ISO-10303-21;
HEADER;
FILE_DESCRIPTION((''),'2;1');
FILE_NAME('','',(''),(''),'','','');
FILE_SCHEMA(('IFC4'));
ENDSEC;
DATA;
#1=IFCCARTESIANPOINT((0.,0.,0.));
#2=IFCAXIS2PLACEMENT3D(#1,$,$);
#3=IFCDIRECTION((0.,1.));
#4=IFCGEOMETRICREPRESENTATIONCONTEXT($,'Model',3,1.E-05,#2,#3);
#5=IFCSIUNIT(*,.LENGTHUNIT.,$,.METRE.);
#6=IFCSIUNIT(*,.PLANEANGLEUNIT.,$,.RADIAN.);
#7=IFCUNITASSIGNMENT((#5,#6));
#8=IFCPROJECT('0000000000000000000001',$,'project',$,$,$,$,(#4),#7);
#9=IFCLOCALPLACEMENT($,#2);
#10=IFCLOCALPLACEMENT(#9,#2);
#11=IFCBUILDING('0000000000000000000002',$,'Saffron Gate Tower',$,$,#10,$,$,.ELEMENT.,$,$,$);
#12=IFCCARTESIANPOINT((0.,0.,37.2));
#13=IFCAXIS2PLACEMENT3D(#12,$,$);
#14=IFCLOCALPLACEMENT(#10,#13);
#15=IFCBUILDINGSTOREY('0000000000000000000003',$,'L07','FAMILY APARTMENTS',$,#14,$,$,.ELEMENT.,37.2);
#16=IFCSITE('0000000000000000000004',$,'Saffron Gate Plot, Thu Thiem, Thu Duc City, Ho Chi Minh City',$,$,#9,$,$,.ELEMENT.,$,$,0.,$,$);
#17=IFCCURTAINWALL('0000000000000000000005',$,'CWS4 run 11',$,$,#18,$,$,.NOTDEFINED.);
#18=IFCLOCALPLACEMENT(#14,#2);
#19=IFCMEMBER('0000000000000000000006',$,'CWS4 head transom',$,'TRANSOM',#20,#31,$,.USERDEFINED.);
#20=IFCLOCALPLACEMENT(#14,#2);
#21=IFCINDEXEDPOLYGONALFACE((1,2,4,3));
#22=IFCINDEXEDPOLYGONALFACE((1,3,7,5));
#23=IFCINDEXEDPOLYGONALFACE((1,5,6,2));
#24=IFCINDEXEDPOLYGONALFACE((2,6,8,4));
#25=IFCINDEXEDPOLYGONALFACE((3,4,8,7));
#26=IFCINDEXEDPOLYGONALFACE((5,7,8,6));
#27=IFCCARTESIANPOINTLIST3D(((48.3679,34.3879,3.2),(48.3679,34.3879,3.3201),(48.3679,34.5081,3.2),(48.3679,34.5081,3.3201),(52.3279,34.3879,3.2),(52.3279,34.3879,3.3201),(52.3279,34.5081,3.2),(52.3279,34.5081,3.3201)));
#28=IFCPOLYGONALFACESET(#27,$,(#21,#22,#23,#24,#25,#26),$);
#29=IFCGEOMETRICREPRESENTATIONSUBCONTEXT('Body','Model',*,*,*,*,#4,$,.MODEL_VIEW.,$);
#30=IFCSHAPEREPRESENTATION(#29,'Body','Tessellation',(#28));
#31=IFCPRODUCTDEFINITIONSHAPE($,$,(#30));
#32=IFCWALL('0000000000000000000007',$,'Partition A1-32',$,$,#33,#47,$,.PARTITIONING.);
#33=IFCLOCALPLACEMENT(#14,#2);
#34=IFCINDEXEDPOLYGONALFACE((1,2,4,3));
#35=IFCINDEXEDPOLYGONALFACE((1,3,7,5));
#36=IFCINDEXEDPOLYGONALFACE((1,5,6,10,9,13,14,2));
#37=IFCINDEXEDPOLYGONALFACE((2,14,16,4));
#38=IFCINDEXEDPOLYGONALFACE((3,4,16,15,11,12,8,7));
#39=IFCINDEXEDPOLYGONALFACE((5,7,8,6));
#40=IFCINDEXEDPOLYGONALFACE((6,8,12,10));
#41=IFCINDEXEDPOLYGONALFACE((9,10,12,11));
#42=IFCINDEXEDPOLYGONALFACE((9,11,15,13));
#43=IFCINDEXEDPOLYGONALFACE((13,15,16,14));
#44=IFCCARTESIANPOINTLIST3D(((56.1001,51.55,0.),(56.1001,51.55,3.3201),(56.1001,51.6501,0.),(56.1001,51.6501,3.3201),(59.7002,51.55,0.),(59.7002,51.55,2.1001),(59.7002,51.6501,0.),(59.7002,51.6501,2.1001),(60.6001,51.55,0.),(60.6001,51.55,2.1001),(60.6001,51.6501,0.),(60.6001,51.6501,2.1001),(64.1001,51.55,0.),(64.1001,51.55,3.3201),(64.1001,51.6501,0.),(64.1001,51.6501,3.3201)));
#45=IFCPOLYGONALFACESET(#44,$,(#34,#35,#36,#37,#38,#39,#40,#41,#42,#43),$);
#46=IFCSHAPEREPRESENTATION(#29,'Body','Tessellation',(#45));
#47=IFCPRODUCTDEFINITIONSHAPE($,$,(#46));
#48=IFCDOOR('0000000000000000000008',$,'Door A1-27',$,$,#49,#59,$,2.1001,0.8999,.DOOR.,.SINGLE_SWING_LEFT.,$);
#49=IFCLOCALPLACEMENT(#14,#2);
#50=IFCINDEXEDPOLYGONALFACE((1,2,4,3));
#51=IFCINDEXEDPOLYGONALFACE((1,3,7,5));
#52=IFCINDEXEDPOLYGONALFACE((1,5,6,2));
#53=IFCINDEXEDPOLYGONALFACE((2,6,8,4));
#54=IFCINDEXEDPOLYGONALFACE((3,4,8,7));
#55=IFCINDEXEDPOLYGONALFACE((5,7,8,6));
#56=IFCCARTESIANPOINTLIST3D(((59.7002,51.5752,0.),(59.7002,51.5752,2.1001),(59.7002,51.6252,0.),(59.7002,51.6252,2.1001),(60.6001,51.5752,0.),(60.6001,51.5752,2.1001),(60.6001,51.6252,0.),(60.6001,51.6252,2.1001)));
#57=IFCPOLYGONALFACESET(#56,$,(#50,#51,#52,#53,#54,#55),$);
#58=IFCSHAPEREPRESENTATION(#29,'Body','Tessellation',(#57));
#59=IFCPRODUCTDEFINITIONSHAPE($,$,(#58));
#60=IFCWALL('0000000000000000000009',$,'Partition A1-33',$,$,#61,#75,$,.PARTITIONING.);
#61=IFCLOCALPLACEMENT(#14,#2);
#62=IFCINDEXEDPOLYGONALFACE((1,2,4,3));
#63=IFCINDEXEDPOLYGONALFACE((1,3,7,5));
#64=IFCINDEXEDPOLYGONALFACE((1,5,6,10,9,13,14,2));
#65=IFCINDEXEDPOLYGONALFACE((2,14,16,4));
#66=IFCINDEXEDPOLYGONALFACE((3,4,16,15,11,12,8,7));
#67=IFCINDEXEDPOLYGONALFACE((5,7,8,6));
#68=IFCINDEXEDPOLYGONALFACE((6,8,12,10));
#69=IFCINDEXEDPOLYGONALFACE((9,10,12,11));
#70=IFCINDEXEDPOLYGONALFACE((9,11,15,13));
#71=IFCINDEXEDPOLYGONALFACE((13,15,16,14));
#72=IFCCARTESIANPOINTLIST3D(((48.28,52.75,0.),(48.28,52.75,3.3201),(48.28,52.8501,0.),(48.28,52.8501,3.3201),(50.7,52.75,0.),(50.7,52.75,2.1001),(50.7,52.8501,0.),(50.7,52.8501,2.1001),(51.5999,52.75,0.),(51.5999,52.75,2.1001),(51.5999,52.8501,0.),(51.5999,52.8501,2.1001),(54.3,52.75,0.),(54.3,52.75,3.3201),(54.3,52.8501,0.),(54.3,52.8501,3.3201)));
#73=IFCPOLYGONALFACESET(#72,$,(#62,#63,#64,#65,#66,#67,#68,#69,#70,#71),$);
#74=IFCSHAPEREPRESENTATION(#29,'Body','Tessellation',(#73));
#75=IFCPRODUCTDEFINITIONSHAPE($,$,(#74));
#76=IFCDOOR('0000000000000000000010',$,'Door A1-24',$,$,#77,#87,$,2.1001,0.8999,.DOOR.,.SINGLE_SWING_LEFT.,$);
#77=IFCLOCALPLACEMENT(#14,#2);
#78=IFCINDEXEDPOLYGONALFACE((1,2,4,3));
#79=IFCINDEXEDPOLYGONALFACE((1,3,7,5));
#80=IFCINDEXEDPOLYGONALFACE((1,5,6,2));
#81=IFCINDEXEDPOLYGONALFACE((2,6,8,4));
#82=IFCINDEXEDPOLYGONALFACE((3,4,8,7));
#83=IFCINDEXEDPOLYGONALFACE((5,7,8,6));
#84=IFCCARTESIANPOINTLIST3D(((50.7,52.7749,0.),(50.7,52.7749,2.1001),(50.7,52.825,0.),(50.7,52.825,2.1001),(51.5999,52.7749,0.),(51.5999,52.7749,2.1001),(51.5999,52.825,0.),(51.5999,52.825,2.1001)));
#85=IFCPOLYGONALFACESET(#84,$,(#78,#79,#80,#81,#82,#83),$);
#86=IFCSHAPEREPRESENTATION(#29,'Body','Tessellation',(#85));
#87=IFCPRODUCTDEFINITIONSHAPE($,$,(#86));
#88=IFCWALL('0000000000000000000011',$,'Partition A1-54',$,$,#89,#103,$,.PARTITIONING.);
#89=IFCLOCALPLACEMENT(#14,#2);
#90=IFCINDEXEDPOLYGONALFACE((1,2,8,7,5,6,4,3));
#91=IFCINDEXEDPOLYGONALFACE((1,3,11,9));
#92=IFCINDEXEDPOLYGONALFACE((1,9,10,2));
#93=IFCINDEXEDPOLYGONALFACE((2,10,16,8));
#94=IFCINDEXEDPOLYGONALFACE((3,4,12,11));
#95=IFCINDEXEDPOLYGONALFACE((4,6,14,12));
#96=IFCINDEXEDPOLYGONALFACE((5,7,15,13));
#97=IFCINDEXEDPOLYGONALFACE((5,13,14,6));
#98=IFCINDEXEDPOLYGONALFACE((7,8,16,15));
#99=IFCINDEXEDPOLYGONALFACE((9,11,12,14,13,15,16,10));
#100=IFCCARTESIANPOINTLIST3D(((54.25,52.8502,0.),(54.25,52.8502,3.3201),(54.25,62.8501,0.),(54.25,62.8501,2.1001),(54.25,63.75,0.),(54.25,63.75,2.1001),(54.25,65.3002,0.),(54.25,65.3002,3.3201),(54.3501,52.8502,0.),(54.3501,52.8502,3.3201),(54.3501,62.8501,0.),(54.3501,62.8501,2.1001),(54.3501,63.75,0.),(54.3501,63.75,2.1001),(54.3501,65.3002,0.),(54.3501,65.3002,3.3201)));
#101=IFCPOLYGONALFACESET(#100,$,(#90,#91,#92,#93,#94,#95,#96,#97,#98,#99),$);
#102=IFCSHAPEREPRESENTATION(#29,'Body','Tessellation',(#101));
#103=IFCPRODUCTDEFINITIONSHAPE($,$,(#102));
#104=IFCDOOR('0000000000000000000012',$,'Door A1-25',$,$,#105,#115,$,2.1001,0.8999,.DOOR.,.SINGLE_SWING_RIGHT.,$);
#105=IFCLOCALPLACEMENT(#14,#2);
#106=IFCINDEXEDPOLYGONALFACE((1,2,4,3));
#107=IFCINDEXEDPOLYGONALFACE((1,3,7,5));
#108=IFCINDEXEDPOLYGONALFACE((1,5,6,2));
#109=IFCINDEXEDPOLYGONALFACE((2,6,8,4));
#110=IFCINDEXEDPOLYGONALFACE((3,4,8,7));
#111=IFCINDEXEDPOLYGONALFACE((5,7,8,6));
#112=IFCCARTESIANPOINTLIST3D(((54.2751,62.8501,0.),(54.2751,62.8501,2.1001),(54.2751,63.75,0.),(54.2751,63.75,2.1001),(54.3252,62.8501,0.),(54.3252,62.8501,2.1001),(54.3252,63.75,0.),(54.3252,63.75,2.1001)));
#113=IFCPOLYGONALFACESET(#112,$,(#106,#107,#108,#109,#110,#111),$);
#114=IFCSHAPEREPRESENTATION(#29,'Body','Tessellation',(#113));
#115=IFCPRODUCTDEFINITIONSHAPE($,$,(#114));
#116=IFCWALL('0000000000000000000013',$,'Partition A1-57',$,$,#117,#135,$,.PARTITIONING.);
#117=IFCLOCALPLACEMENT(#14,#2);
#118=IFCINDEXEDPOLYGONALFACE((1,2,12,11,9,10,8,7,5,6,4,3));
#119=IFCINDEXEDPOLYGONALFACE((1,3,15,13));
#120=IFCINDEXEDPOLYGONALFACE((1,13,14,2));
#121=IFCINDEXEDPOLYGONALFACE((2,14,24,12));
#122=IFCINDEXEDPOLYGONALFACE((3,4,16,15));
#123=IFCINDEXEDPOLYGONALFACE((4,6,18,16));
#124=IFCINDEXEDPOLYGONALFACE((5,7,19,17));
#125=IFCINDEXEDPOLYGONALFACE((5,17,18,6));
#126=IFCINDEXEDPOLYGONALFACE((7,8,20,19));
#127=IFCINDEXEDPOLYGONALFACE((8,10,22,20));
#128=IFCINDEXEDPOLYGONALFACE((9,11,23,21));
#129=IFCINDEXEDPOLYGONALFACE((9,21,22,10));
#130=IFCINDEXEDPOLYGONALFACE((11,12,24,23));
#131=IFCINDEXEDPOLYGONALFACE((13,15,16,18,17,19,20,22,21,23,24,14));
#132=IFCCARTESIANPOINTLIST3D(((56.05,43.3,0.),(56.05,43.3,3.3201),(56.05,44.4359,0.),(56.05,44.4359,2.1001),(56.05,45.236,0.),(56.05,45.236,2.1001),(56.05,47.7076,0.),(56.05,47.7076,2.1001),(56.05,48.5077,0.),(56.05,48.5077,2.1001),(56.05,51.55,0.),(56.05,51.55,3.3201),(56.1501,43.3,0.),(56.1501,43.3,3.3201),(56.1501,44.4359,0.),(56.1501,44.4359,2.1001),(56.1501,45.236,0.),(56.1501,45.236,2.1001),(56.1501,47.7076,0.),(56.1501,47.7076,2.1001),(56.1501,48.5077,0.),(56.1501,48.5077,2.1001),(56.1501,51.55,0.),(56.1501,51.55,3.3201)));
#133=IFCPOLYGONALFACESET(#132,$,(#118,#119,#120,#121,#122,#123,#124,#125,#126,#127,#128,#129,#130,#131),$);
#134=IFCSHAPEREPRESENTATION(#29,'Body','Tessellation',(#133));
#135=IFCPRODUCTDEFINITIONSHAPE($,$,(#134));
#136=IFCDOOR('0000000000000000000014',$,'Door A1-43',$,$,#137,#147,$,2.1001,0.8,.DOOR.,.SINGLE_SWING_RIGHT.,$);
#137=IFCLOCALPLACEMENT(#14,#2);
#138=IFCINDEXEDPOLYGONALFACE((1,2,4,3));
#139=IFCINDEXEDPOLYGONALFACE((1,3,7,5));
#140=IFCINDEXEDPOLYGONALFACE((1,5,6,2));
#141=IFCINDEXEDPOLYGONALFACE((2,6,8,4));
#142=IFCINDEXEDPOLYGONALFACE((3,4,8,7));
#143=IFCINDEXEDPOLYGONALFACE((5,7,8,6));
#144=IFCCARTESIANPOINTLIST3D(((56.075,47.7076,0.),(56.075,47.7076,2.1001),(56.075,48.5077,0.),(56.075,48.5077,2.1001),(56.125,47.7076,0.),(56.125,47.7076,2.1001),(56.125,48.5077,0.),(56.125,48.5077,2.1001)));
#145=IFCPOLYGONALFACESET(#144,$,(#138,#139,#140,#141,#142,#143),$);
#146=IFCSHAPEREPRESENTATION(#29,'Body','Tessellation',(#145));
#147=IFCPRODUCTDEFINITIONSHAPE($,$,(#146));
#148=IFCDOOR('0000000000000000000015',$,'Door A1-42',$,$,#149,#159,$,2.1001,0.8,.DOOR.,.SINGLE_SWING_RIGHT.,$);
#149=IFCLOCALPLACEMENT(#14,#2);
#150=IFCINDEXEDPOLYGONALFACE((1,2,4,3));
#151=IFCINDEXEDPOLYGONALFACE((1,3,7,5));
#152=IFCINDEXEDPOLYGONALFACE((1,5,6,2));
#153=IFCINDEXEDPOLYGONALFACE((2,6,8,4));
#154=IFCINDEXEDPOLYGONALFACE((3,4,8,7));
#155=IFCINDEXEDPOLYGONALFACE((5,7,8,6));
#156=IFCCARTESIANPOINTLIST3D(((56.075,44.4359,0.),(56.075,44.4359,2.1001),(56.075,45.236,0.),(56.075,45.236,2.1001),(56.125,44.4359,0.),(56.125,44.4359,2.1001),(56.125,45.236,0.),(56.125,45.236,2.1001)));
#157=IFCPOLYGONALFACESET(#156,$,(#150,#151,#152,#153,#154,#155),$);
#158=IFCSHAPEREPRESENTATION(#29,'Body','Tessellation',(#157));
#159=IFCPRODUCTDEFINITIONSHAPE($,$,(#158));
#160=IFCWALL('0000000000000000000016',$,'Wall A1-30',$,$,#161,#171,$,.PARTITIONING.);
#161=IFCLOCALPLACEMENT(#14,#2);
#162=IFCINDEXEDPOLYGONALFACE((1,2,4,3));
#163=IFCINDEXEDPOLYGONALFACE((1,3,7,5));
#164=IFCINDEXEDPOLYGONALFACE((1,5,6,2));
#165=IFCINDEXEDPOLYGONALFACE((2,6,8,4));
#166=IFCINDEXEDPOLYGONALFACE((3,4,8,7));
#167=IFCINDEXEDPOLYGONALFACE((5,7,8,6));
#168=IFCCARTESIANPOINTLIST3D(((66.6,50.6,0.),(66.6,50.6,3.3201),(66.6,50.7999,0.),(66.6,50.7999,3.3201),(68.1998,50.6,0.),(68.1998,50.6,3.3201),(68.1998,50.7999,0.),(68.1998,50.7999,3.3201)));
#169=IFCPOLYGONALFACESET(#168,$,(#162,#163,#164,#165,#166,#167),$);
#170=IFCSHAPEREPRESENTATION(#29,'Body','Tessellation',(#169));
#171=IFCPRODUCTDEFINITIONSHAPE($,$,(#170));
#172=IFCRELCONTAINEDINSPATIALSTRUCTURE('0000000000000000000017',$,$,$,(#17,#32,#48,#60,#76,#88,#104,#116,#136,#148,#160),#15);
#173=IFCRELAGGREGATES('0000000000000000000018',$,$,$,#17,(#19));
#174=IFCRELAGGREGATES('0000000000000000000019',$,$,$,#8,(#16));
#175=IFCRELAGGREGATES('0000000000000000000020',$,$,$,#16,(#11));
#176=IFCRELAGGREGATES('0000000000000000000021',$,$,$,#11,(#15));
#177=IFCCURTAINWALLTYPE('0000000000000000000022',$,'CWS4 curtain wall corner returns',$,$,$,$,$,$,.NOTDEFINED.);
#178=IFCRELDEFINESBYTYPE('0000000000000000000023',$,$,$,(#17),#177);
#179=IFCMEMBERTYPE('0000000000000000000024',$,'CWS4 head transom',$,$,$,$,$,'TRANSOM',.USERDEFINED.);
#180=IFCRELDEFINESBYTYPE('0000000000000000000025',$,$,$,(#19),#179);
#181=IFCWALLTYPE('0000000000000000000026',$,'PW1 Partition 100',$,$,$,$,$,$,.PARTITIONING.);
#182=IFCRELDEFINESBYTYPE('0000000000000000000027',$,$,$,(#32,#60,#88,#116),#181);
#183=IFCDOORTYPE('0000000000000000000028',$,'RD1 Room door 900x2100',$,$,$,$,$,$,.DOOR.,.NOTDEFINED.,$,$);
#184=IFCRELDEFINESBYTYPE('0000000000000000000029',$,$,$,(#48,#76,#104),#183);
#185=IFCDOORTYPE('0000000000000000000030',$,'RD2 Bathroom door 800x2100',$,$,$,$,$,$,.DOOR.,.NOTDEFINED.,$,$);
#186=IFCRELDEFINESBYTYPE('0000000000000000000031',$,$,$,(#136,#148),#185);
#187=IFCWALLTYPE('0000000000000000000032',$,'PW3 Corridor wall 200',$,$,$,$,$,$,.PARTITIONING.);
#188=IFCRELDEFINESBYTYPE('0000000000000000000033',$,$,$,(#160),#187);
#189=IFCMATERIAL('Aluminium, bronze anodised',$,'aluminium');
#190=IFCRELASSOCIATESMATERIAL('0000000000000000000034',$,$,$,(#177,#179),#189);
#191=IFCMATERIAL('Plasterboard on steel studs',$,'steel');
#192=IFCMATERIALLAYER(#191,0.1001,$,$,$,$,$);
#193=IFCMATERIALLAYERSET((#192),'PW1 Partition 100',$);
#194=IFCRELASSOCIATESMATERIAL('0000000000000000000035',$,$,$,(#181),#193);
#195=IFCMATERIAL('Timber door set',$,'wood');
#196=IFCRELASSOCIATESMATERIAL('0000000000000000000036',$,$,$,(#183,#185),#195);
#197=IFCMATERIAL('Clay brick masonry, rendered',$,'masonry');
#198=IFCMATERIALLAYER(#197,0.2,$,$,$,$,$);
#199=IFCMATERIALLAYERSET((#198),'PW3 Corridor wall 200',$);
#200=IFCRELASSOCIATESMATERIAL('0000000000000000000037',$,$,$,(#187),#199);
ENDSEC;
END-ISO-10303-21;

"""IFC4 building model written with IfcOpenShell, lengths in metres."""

from ifc_helpers import new_model, si_unit, direction, frame, frame_2d, origin, origin_2d, place, context, subcontext, project, spatial, rectangle, extrude, material, layer, layer_set, material_profile, profile_set, type_object, element, fill, aggregate, save


model = new_model("IFC4")

# Units and contexts
model_context = context("Model", 3, precision=1e-05, world=origin(), true_north=direction((0.0, 1.0)))
body_context = subcontext(model_context, "Body", "Model", "MODEL_VIEW")
ifc_project = project(units=[si_unit("LENGTHUNIT", "METRE"), si_unit("PLANEANGLEUNIT", "RADIAN")], contexts=[model_context])

# Site, building, storey
site_placement = place(None, origin())
site = spatial("IfcSite", under=ifc_project, at=site_placement, Name="Saffron Gate Plot, Thu Thiem, Thu Duc City, Ho Chi Minh City", CompositionType="ELEMENT", RefElevation=0.0)
building_placement = place(site_placement, origin())
building = spatial("IfcBuilding", under=site, at=building_placement, Name="Saffron Gate Tower", CompositionType="ELEMENT")
storey_placement = place(building_placement, frame((0.0, 0.0, 37.2)))
storey = spatial("IfcBuildingStorey", under=building, at=storey_placement, Name="L07", Description="FAMILY APARTMENTS", CompositionType="ELEMENT", Elevation=37.2)

# Curtain wall, member
ifc_material_1 = material(Name="Aluminium, bronze anodised", Category="aluminium")
curtain_wall_type = type_object("IfcCurtainWallType", Name="CWS4 curtain wall corner returns", PredefinedType="NOTDEFINED", material=ifc_material_1)
curtain_wall_placement = place(storey_placement, origin())
curtain_wall = element("IfcCurtainWall", 1, at=curtain_wall_placement, inside=storey, type_object=curtain_wall_type, Name="CWS4 run 11", PredefinedType="NOTDEFINED")
ifc_material_profile = material_profile(ifc_material_1, rectangle(XDim=0.1201, YDim=0.1201, at=origin_2d()))
ifc_profile_set = profile_set([ifc_material_profile], Name="Aluminium, bronze anodised")
member_type = type_object("IfcMemberType", Name="CWS4 head transom", ElementType="TRANSOM", PredefinedType="USERDEFINED", material=ifc_profile_set)
member_placement = place(storey_placement, frame((48.3679, 34.448, 3.26), z_axis=(1.0, 0.0, 0.0), x_axis=(0.0, 1.0, 0.0)))
member = element("IfcMember", 2, at=member_placement, type_object=member_type, Name="CWS4 head transom", ObjectType="TRANSOM", PredefinedType="USERDEFINED", context=body_context, shape_type="SweptSolid", body=[
    extrude(rectangle(XDim=0.1201, YDim=0.1201, at=origin_2d()), origin(), (0.0, 0.0, 1.0), 3.96),
])
aggregate(curtain_wall, [member])

# Walls, openings, doors
ifc_material_2 = material(Name="Plasterboard on steel studs", Category="steel")
ifc_layer_1 = layer(ifc_material_2, 0.1001)
ifc_layer_set_1 = layer_set([ifc_layer_1], Name="PW1 Partition 100")
wall_type_1 = type_object("IfcWallType", Name="PW1 Partition 100", PredefinedType="PARTITIONING", material=ifc_layer_set_1)
wall_1_placement = place(storey_placement, frame((64.1001, 51.6001, 0.0), z_axis=(0.0, 0.0, 1.0), x_axis=(-1.0, 0.0, 0.0)))
wall_1 = element("IfcWall", 3, at=wall_1_placement, inside=storey, type_object=wall_type_1, Name="Partition A1-32", PredefinedType="PARTITIONING", context=body_context, shape_type="SweptSolid", body=[
    extrude(rectangle(XDim=8.0, YDim=0.1001, at=frame_2d((4.0, 0.0))), origin(), (0.0, 0.0, 1.0), 3.3201),
])
opening_1_placement = place(wall_1_placement, frame((3.5, 0.0, 0.0)))
opening_1 = element("IfcOpeningElement", 4, at=opening_1_placement, cuts=wall_1, PredefinedType="OPENING", context=body_context, shape_type="SweptSolid", body=[
    extrude(rectangle(XDim=0.8999, YDim=2.1001, at=frame_2d((0.45, 1.05))), frame((0.0, 0.0601, 0.0), z_axis=(0.0, -1.0, 0.0), x_axis=(1.0, 0.0, 0.0)), (0.0, 0.0, 1.0), 0.1201),
])
ifc_material_3 = material(Name="Timber door set", Category="wood")
door_type_1 = type_object("IfcDoorType", Name="RD1 Room door 900x2100", OperationType="NOTDEFINED", PredefinedType="DOOR", material=ifc_material_3)
door_1_placement = place(opening_1_placement, origin())
door_1 = element("IfcDoor", 5, at=door_1_placement, inside=storey, type_object=door_type_1, Name="Door A1-27", OperationType="SINGLE_SWING_LEFT", OverallHeight=2.1001, OverallWidth=0.8999, PredefinedType="DOOR", context=body_context, shape_type="SweptSolid", body=[
    extrude(rectangle(XDim=0.8999, YDim=2.1001, at=frame_2d((0.45, 1.05))), frame((0.0, 0.0249, 0.0), z_axis=(0.0, -1.0, 0.0), x_axis=(1.0, 0.0, 0.0)), (0.0, 0.0, 1.0), 0.05),
])
fill(opening_1, door_1)
wall_2_placement = place(storey_placement, frame((48.28, 52.8, 0.0), z_axis=(0.0, 0.0, 1.0), x_axis=(1.0, 0.0, 0.0)))
wall_2 = element("IfcWall", 6, at=wall_2_placement, inside=storey, type_object=wall_type_1, Name="Partition A1-33", PredefinedType="PARTITIONING", context=body_context, shape_type="SweptSolid", body=[
    extrude(rectangle(XDim=6.02, YDim=0.1001, at=frame_2d((3.01, 0.0))), origin(), (0.0, 0.0, 1.0), 3.3201),
])
opening_2_placement = place(wall_2_placement, frame((2.4199, 0.0, 0.0)))
opening_2 = element("IfcOpeningElement", 7, at=opening_2_placement, cuts=wall_2, PredefinedType="OPENING", context=body_context, shape_type="SweptSolid", body=[
    extrude(rectangle(XDim=0.8999, YDim=2.1001, at=frame_2d((0.45, 1.05))), frame((0.0, 0.0601, 0.0), z_axis=(0.0, -1.0, 0.0), x_axis=(1.0, 0.0, 0.0)), (0.0, 0.0, 1.0), 0.1201),
])
door_2_placement = place(opening_2_placement, origin())
door_2 = element("IfcDoor", 8, at=door_2_placement, inside=storey, type_object=door_type_1, Name="Door A1-24", OperationType="SINGLE_SWING_LEFT", OverallHeight=2.1001, OverallWidth=0.8999, PredefinedType="DOOR", context=body_context, shape_type="SweptSolid", body=[
    extrude(rectangle(XDim=0.8999, YDim=2.1001, at=frame_2d((0.45, 1.05))), frame((0.0, 0.0249, 0.0), z_axis=(0.0, -1.0, 0.0), x_axis=(1.0, 0.0, 0.0)), (0.0, 0.0, 1.0), 0.05),
])
fill(opening_2, door_2)
wall_3_placement = place(storey_placement, frame((54.3, 52.8501, 0.0), z_axis=(0.0, 0.0, 1.0), x_axis=(0.0, 1.0, 0.0)))
wall_3 = element("IfcWall", 9, at=wall_3_placement, inside=storey, type_object=wall_type_1, Name="Partition A1-54", PredefinedType="PARTITIONING", context=body_context, shape_type="SweptSolid", body=[
    extrude(rectangle(XDim=12.45, YDim=0.1001, at=frame_2d((6.2251, 0.0))), origin(), (0.0, 0.0, 1.0), 3.3201),
])
opening_3_placement = place(wall_3_placement, frame((10.0, 0.0, 0.0)))
opening_3 = element("IfcOpeningElement", 10, at=opening_3_placement, cuts=wall_3, PredefinedType="OPENING", context=body_context, shape_type="SweptSolid", body=[
    extrude(rectangle(XDim=0.8999, YDim=2.1001, at=frame_2d((0.45, 1.05))), frame((0.0, 0.0601, 0.0), z_axis=(0.0, -1.0, 0.0), x_axis=(1.0, 0.0, 0.0)), (0.0, 0.0, 1.0), 0.1201),
])
door_3_placement = place(opening_3_placement, origin())
door_3 = element("IfcDoor", 11, at=door_3_placement, inside=storey, type_object=door_type_1, Name="Door A1-25", OperationType="SINGLE_SWING_RIGHT", OverallHeight=2.1001, OverallWidth=0.8999, PredefinedType="DOOR", context=body_context, shape_type="SweptSolid", body=[
    extrude(rectangle(XDim=0.8999, YDim=2.1001, at=frame_2d((0.45, 1.05))), frame((0.0, 0.0249, 0.0), z_axis=(0.0, -1.0, 0.0), x_axis=(1.0, 0.0, 0.0)), (0.0, 0.0, 1.0), 0.05),
])
fill(opening_3, door_3)

# Wall, openings, doors
wall_4_placement = place(storey_placement, frame((56.1001, 51.55, 0.0), z_axis=(0.0, 0.0, 1.0), x_axis=(0.0, -1.0, 0.0)))
wall_4 = element("IfcWall", 12, at=wall_4_placement, inside=storey, type_object=wall_type_1, Name="Partition A1-57", PredefinedType="PARTITIONING", context=body_context, shape_type="SweptSolid", body=[
    extrude(rectangle(XDim=8.25, YDim=0.1001, at=frame_2d((4.125, 0.0))), origin(), (0.0, 0.0, 1.0), 3.3201),
])
opening_4_placement = place(wall_4_placement, frame((3.0425, 0.0, 0.0)))
opening_4 = element("IfcOpeningElement", 13, at=opening_4_placement, cuts=wall_4, PredefinedType="OPENING", context=body_context, shape_type="SweptSolid", body=[
    extrude(rectangle(XDim=0.8, YDim=2.1001, at=frame_2d((0.3999, 1.05))), frame((0.0, 0.0601, 0.0), z_axis=(0.0, -1.0, 0.0), x_axis=(1.0, 0.0, 0.0)), (0.0, 0.0, 1.0), 0.1201),
])
opening_5_placement = place(wall_4_placement, frame((6.3142, 0.0, 0.0)))
opening_5 = element("IfcOpeningElement", 14, at=opening_5_placement, cuts=wall_4, PredefinedType="OPENING", context=body_context, shape_type="SweptSolid", body=[
    extrude(rectangle(XDim=0.8, YDim=2.1001, at=frame_2d((0.3999, 1.05))), frame((0.0, 0.0601, 0.0), z_axis=(0.0, -1.0, 0.0), x_axis=(1.0, 0.0, 0.0)), (0.0, 0.0, 1.0), 0.1201),
])
door_type_2 = type_object("IfcDoorType", Name="RD2 Bathroom door 800x2100", OperationType="NOTDEFINED", PredefinedType="DOOR", material=ifc_material_3)
door_4_placement = place(opening_4_placement, origin())
door_4 = element("IfcDoor", 15, at=door_4_placement, inside=storey, type_object=door_type_2, Name="Door A1-43", OperationType="SINGLE_SWING_RIGHT", OverallHeight=2.1001, OverallWidth=0.8, PredefinedType="DOOR", context=body_context, shape_type="SweptSolid", body=[
    extrude(rectangle(XDim=0.8, YDim=2.1001, at=frame_2d((0.3999, 1.05))), frame((0.0, 0.0249, 0.0), z_axis=(0.0, -1.0, 0.0), x_axis=(1.0, 0.0, 0.0)), (0.0, 0.0, 1.0), 0.05),
])
fill(opening_4, door_4)
door_5_placement = place(opening_5_placement, origin())
door_5 = element("IfcDoor", 16, at=door_5_placement, inside=storey, type_object=door_type_2, Name="Door A1-42", OperationType="SINGLE_SWING_RIGHT", OverallHeight=2.1001, OverallWidth=0.8, PredefinedType="DOOR", context=body_context, shape_type="SweptSolid", body=[
    extrude(rectangle(XDim=0.8, YDim=2.1001, at=frame_2d((0.3999, 1.05))), frame((0.0, 0.0249, 0.0), z_axis=(0.0, -1.0, 0.0), x_axis=(1.0, 0.0, 0.0)), (0.0, 0.0, 1.0), 0.05),
])
fill(opening_5, door_5)

# Wall
ifc_material_4 = material(Name="Clay brick masonry, rendered", Category="masonry")
ifc_layer_2 = layer(ifc_material_4, 0.2)
ifc_layer_set_2 = layer_set([ifc_layer_2], Name="PW3 Corridor wall 200")
wall_type_2 = type_object("IfcWallType", Name="PW3 Corridor wall 200", PredefinedType="PARTITIONING", material=ifc_layer_set_2)
wall_5_placement = place(storey_placement, frame((66.6001, 50.7, 0.0), z_axis=(0.0, 0.0, 1.0), x_axis=(1.0, 0.0, 0.0)))
element("IfcWall", 17, at=wall_5_placement, inside=storey, type_object=wall_type_2, Name="Wall A1-30", PredefinedType="PARTITIONING", context=body_context, shape_type="SweptSolid", body=[
    extrude(rectangle(XDim=1.5999, YDim=0.2, at=frame_2d((0.7998, 0.0))), origin(), (0.0, 0.0, 1.0), 3.3201),
])

save(model, "model.ifc")
